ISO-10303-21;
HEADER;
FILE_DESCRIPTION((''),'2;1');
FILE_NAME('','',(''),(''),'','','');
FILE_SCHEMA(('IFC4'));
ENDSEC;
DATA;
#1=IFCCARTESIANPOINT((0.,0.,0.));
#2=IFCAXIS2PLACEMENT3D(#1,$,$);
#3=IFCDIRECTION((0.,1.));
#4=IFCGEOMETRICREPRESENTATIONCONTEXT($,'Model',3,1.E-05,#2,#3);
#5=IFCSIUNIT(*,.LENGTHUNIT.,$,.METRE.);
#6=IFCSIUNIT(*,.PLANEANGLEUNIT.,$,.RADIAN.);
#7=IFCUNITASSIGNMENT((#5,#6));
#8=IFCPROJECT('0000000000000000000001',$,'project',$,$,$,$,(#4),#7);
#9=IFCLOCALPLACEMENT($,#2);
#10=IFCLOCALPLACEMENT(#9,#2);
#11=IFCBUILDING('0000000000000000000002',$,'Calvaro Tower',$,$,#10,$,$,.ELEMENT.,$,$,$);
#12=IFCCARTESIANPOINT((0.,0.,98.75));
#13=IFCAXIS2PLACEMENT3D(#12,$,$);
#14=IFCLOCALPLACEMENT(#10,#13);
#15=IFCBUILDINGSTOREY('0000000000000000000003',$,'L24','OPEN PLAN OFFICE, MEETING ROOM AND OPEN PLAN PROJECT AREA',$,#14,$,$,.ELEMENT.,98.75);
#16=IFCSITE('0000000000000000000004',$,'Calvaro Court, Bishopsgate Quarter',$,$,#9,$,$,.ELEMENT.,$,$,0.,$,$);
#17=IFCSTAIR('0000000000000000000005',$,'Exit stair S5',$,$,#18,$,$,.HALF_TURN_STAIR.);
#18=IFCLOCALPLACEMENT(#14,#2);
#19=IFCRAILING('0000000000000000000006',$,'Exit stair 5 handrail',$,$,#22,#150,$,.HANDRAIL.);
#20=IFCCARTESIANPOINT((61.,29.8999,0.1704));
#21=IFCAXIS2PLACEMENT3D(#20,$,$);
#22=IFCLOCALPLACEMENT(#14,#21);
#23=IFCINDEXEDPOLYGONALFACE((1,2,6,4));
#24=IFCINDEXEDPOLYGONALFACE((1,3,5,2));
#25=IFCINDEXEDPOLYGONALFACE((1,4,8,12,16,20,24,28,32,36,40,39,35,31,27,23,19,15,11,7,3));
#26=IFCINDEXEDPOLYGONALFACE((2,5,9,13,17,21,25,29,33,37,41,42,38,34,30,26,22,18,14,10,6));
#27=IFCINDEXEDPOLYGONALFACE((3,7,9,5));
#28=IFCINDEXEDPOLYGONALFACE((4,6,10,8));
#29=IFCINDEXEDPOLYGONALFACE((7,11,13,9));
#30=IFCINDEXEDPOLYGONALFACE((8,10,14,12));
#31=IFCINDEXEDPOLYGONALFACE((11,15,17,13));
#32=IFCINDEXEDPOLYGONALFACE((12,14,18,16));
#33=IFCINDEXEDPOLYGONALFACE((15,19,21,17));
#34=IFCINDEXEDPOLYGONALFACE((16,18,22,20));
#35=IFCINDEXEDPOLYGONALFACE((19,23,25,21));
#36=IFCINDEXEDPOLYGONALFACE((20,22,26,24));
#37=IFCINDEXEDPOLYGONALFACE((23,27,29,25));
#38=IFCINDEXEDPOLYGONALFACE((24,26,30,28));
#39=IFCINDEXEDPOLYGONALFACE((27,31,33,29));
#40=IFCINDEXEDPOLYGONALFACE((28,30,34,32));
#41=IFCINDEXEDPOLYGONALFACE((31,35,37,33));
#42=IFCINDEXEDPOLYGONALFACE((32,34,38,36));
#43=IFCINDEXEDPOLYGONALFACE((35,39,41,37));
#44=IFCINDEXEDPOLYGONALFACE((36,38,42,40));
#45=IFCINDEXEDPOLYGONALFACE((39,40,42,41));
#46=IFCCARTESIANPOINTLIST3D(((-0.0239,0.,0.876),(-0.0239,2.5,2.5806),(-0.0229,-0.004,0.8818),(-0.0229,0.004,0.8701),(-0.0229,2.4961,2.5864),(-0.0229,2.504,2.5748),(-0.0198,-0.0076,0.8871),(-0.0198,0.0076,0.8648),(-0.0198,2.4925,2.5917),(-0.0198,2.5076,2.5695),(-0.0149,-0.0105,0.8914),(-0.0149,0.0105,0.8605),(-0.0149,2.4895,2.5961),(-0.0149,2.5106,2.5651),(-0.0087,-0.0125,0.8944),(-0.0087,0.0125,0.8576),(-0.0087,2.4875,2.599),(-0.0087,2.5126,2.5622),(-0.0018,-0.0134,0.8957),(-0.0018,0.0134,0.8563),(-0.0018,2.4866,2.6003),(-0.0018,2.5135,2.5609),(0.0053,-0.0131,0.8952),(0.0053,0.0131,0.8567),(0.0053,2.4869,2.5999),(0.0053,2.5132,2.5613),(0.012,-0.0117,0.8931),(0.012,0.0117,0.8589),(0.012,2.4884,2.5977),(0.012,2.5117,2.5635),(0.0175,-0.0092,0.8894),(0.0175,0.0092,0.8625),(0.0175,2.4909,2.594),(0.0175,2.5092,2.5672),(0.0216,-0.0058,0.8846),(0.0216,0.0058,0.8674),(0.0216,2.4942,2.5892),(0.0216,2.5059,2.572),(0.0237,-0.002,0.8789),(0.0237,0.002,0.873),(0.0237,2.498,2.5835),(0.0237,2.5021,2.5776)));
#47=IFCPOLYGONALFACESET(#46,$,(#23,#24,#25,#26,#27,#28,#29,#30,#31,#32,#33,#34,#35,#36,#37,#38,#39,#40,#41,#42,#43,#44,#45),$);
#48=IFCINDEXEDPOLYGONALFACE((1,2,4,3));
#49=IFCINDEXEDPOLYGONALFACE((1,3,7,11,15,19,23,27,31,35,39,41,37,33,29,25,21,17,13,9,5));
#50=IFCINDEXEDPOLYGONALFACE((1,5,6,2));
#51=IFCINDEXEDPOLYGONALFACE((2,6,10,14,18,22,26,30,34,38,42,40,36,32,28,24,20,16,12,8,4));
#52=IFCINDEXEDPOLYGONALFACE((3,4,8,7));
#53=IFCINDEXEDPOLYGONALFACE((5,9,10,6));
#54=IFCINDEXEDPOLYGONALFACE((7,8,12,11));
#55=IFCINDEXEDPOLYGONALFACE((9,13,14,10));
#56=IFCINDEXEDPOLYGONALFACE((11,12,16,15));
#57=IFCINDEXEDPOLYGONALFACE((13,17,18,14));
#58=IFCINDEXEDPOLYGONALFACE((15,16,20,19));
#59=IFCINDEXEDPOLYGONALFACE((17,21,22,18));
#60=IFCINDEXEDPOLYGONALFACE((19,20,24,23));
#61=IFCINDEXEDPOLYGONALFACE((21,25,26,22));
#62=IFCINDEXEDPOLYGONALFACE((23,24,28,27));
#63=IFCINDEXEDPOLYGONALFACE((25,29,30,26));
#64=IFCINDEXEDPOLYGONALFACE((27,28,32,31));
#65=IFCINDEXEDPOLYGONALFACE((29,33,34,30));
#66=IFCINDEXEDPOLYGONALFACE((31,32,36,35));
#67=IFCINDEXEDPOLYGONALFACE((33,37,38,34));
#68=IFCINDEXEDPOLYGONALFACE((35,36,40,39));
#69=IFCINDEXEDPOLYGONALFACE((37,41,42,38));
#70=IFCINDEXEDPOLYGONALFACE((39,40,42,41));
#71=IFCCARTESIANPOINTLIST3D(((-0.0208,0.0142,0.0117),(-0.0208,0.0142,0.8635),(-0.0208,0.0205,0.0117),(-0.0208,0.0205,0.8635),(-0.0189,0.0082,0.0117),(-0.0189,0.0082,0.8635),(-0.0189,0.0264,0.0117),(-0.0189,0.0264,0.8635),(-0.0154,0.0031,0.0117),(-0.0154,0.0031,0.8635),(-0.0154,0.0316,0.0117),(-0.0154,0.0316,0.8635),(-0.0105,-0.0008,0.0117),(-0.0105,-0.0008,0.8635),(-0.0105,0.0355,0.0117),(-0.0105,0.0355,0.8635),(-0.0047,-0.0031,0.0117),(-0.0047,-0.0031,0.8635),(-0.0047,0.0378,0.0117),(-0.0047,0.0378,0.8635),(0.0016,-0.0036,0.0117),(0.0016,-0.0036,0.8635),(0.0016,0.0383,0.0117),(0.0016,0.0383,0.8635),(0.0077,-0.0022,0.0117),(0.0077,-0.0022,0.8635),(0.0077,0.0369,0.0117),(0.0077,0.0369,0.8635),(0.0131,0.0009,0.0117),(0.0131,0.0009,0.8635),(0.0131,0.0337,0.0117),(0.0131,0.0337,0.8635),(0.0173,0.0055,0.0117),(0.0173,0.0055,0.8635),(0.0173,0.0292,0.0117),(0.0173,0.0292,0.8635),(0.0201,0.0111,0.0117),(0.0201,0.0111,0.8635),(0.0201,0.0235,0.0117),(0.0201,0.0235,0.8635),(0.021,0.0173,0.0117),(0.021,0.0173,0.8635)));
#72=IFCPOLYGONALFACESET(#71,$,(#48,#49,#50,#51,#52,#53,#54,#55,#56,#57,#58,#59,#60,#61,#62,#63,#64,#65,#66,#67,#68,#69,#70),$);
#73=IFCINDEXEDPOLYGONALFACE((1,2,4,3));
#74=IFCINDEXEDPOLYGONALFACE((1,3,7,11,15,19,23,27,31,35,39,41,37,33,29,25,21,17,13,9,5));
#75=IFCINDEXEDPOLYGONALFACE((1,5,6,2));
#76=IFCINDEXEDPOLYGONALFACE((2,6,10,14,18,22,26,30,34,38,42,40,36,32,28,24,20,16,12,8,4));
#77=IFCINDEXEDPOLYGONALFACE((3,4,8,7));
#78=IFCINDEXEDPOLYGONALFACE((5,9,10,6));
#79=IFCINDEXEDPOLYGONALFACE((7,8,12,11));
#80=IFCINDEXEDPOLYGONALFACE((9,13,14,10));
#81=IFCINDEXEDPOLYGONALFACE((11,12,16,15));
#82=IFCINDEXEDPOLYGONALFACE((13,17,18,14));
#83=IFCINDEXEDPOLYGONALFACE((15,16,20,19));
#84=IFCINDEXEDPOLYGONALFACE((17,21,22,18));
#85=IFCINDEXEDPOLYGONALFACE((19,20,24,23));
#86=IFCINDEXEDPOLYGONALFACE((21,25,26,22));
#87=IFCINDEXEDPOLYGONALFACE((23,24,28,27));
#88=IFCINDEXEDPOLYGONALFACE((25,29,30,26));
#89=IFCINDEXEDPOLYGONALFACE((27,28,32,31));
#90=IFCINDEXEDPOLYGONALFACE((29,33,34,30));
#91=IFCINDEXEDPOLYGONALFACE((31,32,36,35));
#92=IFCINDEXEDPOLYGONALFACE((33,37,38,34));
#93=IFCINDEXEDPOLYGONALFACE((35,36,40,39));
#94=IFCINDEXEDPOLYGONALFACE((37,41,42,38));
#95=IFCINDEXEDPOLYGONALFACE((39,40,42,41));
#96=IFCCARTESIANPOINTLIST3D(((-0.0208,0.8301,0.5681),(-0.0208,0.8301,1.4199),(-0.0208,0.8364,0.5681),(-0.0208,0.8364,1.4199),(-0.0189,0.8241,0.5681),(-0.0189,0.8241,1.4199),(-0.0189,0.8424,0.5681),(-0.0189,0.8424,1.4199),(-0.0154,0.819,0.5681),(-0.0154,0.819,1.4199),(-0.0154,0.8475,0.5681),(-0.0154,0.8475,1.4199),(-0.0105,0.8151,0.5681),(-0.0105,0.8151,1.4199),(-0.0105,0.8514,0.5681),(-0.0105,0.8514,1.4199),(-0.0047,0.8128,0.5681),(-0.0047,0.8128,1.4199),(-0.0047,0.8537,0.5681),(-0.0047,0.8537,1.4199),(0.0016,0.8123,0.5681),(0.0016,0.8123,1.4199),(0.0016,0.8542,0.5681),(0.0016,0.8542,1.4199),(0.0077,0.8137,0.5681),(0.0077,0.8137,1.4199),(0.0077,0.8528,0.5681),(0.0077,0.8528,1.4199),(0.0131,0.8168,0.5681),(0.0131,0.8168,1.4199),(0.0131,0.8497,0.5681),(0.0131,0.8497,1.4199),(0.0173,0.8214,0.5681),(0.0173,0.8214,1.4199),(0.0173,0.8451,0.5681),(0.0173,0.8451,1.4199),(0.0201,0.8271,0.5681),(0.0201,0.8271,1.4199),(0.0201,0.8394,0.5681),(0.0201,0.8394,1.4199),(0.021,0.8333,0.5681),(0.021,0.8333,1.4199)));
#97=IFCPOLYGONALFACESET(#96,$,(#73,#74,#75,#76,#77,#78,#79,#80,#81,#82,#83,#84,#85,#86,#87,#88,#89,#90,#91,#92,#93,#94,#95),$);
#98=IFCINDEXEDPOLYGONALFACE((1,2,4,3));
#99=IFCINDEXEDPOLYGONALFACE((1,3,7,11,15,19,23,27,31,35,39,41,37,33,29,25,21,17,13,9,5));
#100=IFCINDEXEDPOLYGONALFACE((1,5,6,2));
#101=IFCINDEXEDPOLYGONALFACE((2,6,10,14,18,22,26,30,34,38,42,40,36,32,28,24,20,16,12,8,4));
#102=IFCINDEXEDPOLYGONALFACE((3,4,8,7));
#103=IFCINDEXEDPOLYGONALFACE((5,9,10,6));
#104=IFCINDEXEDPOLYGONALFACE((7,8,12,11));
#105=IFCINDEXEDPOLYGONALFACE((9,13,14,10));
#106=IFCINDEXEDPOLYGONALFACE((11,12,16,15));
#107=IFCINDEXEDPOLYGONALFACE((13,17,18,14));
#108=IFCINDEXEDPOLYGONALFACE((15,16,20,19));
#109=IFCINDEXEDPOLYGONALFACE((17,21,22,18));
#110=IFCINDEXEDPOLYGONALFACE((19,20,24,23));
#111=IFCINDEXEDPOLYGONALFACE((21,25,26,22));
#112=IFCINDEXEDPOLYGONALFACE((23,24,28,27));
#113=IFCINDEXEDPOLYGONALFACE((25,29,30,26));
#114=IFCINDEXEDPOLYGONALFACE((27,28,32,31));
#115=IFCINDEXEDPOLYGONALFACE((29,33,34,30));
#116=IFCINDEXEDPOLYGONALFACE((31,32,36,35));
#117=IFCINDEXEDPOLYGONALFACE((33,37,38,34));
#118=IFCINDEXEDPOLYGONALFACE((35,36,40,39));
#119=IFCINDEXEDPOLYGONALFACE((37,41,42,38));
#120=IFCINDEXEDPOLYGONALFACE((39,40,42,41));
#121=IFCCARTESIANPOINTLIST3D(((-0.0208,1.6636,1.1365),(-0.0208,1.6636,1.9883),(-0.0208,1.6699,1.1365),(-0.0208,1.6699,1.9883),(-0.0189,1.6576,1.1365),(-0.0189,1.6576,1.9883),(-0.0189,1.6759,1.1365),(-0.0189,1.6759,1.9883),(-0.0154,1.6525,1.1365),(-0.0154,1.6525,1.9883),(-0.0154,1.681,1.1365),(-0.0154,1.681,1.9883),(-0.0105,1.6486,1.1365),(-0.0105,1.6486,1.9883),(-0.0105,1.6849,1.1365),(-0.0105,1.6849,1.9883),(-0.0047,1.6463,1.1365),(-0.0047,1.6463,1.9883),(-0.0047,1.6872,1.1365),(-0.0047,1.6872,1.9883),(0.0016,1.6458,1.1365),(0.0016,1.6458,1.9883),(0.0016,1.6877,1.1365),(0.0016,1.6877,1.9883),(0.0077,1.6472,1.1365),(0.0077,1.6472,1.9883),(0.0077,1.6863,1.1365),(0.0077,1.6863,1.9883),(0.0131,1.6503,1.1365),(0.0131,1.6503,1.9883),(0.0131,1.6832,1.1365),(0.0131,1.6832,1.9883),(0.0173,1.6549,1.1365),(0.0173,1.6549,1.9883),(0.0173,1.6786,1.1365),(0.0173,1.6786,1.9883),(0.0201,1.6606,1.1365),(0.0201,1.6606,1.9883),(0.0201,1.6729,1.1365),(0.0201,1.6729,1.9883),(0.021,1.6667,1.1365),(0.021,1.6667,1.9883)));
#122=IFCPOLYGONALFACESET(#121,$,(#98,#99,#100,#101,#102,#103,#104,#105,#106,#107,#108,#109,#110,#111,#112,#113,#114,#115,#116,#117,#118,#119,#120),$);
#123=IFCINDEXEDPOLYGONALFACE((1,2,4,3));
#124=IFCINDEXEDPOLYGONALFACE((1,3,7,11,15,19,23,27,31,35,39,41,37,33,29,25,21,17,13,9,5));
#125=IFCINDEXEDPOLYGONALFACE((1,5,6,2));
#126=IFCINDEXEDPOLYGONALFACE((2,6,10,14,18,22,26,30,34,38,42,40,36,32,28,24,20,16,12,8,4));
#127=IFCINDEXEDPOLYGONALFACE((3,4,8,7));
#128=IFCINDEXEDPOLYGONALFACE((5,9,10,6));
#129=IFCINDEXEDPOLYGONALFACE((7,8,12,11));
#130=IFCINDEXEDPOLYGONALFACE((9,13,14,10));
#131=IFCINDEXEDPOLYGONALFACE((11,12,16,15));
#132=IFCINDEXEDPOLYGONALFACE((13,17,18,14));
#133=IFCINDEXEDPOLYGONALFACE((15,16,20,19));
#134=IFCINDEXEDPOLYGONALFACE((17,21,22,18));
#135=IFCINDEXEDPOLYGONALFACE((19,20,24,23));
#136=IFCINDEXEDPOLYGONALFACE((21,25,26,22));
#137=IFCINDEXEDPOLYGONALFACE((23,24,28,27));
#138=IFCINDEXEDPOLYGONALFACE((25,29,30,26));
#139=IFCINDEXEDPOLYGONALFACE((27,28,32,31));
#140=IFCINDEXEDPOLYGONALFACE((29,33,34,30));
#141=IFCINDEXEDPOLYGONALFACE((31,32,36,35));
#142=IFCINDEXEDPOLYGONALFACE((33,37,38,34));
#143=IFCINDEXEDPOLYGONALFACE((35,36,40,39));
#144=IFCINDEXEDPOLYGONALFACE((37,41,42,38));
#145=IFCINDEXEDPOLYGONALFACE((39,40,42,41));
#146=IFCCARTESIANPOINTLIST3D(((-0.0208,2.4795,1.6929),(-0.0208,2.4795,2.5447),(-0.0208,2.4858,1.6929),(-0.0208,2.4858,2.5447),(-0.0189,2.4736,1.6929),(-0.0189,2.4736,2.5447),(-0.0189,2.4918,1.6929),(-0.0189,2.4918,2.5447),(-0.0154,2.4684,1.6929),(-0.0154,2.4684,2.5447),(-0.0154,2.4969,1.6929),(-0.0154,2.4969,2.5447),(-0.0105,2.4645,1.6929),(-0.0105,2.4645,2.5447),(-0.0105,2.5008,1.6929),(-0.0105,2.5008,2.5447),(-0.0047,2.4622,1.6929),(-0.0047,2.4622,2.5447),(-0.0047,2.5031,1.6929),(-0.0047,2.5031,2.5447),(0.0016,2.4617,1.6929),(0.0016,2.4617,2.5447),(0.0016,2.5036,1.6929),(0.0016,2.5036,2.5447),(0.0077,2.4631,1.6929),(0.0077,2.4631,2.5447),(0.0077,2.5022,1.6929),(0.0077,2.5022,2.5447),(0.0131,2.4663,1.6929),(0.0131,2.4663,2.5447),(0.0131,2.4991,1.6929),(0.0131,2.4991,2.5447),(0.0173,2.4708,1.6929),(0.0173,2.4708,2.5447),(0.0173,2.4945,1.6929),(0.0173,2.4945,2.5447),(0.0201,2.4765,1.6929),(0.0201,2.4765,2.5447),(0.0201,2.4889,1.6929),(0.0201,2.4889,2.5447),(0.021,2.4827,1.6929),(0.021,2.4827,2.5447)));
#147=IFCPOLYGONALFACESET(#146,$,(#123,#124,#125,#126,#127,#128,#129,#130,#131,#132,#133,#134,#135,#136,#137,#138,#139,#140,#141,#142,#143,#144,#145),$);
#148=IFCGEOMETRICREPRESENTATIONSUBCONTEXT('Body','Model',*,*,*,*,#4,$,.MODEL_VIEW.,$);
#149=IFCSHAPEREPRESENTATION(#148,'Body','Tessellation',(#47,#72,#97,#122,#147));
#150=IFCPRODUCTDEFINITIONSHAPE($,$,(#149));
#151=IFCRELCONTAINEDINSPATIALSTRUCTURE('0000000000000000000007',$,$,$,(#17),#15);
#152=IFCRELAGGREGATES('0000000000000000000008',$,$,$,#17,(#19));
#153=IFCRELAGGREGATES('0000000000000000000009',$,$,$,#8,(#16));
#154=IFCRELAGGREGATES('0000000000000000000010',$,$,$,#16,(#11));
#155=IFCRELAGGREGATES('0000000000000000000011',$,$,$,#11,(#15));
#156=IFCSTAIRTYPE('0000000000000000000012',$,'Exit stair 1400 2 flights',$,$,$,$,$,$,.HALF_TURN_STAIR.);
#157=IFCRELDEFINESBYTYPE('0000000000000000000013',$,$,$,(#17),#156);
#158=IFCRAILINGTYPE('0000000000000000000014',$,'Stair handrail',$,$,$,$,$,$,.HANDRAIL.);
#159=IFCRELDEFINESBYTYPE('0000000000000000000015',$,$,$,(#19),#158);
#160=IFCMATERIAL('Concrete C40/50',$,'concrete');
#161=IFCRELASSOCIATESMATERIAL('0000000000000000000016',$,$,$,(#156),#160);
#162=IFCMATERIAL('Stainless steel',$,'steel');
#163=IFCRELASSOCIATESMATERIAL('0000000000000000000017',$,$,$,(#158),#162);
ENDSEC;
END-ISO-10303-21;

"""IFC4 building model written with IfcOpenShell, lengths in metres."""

from ifc_helpers import new_model, si_unit, direction, frame, origin, origin_2d, place, context, subcontext, project, spatial, circle, extrude, material, type_object, element, aggregate, save


model = new_model("IFC4")

# Units and contexts
model_context = context("Model", 3, precision=1e-05, world=origin(), true_north=direction((0.0, 1.0)))
body_context = subcontext(model_context, "Body", "Model", "MODEL_VIEW")
ifc_project = project(units=[si_unit("LENGTHUNIT", "METRE"), si_unit("PLANEANGLEUNIT", "RADIAN")], contexts=[model_context])

# Site, building, storey
site_placement = place(None, origin())
site = spatial("IfcSite", under=ifc_project, at=site_placement, Name="Calvaro Court, Bishopsgate Quarter", CompositionType="ELEMENT", RefElevation=0.0)
building_placement = place(site_placement, origin())
building = spatial("IfcBuilding", under=site, at=building_placement, Name="Calvaro Tower", CompositionType="ELEMENT")
storey_placement = place(building_placement, frame((0.0, 0.0, 98.75)))
storey = spatial("IfcBuildingStorey", under=building, at=storey_placement, Name="L24", Description="OPEN PLAN OFFICE, MEETING ROOM AND OPEN PLAN PROJECT AREA", CompositionType="ELEMENT", Elevation=98.75)

# Stair, railing
ifc_material_1 = material(Name="Concrete C40/50", Category="concrete")
stair_type = type_object("IfcStairType", Name="Exit stair 1400 2 flights", PredefinedType="HALF_TURN_STAIR", material=ifc_material_1)
stair_placement = place(storey_placement, origin())
stair = element("IfcStair", 1, at=stair_placement, inside=storey, type_object=stair_type, Name="Exit stair S5", PredefinedType="HALF_TURN_STAIR")
ifc_material_2 = material(Name="Stainless steel", Category="steel")
railing_type = type_object("IfcRailingType", Name="Stair handrail", PredefinedType="HANDRAIL", material=ifc_material_2)
railing_placement = place(storey_placement, frame((61.0, 29.8999, 0.1704)))
railing = element("IfcRailing", 2, at=railing_placement, type_object=railing_type, Name="Exit stair 5 handrail", PredefinedType="HANDRAIL", context=body_context, shape_type="SweptSolid", body=[
    extrude(circle(Radius=0.0239, at=origin_2d()), frame((0.0, 0.0, 0.876), z_axis=(0.0, 0.826221, 0.563347), x_axis=(-1.0, 0.0, 0.0)), (0.0, 0.0, 1.0), 3.0259),
    extrude(circle(Radius=0.021, at=origin_2d()), frame((0.0, 0.0173, 0.0117)), (0.0, 0.0, 1.0), 0.8518),
    extrude(circle(Radius=0.021, at=origin_2d()), frame((0.0, 0.8333, 0.5681)), (0.0, 0.0, 1.0), 0.8518),
    extrude(circle(Radius=0.021, at=origin_2d()), frame((0.0, 1.6667, 1.1365)), (0.0, 0.0, 1.0), 0.8518),
    extrude(circle(Radius=0.021, at=origin_2d()), frame((0.0, 2.4827, 1.6929)), (0.0, 0.0, 1.0), 0.8518),
])
aggregate(stair, [railing])

save(model, "model.ifc")
